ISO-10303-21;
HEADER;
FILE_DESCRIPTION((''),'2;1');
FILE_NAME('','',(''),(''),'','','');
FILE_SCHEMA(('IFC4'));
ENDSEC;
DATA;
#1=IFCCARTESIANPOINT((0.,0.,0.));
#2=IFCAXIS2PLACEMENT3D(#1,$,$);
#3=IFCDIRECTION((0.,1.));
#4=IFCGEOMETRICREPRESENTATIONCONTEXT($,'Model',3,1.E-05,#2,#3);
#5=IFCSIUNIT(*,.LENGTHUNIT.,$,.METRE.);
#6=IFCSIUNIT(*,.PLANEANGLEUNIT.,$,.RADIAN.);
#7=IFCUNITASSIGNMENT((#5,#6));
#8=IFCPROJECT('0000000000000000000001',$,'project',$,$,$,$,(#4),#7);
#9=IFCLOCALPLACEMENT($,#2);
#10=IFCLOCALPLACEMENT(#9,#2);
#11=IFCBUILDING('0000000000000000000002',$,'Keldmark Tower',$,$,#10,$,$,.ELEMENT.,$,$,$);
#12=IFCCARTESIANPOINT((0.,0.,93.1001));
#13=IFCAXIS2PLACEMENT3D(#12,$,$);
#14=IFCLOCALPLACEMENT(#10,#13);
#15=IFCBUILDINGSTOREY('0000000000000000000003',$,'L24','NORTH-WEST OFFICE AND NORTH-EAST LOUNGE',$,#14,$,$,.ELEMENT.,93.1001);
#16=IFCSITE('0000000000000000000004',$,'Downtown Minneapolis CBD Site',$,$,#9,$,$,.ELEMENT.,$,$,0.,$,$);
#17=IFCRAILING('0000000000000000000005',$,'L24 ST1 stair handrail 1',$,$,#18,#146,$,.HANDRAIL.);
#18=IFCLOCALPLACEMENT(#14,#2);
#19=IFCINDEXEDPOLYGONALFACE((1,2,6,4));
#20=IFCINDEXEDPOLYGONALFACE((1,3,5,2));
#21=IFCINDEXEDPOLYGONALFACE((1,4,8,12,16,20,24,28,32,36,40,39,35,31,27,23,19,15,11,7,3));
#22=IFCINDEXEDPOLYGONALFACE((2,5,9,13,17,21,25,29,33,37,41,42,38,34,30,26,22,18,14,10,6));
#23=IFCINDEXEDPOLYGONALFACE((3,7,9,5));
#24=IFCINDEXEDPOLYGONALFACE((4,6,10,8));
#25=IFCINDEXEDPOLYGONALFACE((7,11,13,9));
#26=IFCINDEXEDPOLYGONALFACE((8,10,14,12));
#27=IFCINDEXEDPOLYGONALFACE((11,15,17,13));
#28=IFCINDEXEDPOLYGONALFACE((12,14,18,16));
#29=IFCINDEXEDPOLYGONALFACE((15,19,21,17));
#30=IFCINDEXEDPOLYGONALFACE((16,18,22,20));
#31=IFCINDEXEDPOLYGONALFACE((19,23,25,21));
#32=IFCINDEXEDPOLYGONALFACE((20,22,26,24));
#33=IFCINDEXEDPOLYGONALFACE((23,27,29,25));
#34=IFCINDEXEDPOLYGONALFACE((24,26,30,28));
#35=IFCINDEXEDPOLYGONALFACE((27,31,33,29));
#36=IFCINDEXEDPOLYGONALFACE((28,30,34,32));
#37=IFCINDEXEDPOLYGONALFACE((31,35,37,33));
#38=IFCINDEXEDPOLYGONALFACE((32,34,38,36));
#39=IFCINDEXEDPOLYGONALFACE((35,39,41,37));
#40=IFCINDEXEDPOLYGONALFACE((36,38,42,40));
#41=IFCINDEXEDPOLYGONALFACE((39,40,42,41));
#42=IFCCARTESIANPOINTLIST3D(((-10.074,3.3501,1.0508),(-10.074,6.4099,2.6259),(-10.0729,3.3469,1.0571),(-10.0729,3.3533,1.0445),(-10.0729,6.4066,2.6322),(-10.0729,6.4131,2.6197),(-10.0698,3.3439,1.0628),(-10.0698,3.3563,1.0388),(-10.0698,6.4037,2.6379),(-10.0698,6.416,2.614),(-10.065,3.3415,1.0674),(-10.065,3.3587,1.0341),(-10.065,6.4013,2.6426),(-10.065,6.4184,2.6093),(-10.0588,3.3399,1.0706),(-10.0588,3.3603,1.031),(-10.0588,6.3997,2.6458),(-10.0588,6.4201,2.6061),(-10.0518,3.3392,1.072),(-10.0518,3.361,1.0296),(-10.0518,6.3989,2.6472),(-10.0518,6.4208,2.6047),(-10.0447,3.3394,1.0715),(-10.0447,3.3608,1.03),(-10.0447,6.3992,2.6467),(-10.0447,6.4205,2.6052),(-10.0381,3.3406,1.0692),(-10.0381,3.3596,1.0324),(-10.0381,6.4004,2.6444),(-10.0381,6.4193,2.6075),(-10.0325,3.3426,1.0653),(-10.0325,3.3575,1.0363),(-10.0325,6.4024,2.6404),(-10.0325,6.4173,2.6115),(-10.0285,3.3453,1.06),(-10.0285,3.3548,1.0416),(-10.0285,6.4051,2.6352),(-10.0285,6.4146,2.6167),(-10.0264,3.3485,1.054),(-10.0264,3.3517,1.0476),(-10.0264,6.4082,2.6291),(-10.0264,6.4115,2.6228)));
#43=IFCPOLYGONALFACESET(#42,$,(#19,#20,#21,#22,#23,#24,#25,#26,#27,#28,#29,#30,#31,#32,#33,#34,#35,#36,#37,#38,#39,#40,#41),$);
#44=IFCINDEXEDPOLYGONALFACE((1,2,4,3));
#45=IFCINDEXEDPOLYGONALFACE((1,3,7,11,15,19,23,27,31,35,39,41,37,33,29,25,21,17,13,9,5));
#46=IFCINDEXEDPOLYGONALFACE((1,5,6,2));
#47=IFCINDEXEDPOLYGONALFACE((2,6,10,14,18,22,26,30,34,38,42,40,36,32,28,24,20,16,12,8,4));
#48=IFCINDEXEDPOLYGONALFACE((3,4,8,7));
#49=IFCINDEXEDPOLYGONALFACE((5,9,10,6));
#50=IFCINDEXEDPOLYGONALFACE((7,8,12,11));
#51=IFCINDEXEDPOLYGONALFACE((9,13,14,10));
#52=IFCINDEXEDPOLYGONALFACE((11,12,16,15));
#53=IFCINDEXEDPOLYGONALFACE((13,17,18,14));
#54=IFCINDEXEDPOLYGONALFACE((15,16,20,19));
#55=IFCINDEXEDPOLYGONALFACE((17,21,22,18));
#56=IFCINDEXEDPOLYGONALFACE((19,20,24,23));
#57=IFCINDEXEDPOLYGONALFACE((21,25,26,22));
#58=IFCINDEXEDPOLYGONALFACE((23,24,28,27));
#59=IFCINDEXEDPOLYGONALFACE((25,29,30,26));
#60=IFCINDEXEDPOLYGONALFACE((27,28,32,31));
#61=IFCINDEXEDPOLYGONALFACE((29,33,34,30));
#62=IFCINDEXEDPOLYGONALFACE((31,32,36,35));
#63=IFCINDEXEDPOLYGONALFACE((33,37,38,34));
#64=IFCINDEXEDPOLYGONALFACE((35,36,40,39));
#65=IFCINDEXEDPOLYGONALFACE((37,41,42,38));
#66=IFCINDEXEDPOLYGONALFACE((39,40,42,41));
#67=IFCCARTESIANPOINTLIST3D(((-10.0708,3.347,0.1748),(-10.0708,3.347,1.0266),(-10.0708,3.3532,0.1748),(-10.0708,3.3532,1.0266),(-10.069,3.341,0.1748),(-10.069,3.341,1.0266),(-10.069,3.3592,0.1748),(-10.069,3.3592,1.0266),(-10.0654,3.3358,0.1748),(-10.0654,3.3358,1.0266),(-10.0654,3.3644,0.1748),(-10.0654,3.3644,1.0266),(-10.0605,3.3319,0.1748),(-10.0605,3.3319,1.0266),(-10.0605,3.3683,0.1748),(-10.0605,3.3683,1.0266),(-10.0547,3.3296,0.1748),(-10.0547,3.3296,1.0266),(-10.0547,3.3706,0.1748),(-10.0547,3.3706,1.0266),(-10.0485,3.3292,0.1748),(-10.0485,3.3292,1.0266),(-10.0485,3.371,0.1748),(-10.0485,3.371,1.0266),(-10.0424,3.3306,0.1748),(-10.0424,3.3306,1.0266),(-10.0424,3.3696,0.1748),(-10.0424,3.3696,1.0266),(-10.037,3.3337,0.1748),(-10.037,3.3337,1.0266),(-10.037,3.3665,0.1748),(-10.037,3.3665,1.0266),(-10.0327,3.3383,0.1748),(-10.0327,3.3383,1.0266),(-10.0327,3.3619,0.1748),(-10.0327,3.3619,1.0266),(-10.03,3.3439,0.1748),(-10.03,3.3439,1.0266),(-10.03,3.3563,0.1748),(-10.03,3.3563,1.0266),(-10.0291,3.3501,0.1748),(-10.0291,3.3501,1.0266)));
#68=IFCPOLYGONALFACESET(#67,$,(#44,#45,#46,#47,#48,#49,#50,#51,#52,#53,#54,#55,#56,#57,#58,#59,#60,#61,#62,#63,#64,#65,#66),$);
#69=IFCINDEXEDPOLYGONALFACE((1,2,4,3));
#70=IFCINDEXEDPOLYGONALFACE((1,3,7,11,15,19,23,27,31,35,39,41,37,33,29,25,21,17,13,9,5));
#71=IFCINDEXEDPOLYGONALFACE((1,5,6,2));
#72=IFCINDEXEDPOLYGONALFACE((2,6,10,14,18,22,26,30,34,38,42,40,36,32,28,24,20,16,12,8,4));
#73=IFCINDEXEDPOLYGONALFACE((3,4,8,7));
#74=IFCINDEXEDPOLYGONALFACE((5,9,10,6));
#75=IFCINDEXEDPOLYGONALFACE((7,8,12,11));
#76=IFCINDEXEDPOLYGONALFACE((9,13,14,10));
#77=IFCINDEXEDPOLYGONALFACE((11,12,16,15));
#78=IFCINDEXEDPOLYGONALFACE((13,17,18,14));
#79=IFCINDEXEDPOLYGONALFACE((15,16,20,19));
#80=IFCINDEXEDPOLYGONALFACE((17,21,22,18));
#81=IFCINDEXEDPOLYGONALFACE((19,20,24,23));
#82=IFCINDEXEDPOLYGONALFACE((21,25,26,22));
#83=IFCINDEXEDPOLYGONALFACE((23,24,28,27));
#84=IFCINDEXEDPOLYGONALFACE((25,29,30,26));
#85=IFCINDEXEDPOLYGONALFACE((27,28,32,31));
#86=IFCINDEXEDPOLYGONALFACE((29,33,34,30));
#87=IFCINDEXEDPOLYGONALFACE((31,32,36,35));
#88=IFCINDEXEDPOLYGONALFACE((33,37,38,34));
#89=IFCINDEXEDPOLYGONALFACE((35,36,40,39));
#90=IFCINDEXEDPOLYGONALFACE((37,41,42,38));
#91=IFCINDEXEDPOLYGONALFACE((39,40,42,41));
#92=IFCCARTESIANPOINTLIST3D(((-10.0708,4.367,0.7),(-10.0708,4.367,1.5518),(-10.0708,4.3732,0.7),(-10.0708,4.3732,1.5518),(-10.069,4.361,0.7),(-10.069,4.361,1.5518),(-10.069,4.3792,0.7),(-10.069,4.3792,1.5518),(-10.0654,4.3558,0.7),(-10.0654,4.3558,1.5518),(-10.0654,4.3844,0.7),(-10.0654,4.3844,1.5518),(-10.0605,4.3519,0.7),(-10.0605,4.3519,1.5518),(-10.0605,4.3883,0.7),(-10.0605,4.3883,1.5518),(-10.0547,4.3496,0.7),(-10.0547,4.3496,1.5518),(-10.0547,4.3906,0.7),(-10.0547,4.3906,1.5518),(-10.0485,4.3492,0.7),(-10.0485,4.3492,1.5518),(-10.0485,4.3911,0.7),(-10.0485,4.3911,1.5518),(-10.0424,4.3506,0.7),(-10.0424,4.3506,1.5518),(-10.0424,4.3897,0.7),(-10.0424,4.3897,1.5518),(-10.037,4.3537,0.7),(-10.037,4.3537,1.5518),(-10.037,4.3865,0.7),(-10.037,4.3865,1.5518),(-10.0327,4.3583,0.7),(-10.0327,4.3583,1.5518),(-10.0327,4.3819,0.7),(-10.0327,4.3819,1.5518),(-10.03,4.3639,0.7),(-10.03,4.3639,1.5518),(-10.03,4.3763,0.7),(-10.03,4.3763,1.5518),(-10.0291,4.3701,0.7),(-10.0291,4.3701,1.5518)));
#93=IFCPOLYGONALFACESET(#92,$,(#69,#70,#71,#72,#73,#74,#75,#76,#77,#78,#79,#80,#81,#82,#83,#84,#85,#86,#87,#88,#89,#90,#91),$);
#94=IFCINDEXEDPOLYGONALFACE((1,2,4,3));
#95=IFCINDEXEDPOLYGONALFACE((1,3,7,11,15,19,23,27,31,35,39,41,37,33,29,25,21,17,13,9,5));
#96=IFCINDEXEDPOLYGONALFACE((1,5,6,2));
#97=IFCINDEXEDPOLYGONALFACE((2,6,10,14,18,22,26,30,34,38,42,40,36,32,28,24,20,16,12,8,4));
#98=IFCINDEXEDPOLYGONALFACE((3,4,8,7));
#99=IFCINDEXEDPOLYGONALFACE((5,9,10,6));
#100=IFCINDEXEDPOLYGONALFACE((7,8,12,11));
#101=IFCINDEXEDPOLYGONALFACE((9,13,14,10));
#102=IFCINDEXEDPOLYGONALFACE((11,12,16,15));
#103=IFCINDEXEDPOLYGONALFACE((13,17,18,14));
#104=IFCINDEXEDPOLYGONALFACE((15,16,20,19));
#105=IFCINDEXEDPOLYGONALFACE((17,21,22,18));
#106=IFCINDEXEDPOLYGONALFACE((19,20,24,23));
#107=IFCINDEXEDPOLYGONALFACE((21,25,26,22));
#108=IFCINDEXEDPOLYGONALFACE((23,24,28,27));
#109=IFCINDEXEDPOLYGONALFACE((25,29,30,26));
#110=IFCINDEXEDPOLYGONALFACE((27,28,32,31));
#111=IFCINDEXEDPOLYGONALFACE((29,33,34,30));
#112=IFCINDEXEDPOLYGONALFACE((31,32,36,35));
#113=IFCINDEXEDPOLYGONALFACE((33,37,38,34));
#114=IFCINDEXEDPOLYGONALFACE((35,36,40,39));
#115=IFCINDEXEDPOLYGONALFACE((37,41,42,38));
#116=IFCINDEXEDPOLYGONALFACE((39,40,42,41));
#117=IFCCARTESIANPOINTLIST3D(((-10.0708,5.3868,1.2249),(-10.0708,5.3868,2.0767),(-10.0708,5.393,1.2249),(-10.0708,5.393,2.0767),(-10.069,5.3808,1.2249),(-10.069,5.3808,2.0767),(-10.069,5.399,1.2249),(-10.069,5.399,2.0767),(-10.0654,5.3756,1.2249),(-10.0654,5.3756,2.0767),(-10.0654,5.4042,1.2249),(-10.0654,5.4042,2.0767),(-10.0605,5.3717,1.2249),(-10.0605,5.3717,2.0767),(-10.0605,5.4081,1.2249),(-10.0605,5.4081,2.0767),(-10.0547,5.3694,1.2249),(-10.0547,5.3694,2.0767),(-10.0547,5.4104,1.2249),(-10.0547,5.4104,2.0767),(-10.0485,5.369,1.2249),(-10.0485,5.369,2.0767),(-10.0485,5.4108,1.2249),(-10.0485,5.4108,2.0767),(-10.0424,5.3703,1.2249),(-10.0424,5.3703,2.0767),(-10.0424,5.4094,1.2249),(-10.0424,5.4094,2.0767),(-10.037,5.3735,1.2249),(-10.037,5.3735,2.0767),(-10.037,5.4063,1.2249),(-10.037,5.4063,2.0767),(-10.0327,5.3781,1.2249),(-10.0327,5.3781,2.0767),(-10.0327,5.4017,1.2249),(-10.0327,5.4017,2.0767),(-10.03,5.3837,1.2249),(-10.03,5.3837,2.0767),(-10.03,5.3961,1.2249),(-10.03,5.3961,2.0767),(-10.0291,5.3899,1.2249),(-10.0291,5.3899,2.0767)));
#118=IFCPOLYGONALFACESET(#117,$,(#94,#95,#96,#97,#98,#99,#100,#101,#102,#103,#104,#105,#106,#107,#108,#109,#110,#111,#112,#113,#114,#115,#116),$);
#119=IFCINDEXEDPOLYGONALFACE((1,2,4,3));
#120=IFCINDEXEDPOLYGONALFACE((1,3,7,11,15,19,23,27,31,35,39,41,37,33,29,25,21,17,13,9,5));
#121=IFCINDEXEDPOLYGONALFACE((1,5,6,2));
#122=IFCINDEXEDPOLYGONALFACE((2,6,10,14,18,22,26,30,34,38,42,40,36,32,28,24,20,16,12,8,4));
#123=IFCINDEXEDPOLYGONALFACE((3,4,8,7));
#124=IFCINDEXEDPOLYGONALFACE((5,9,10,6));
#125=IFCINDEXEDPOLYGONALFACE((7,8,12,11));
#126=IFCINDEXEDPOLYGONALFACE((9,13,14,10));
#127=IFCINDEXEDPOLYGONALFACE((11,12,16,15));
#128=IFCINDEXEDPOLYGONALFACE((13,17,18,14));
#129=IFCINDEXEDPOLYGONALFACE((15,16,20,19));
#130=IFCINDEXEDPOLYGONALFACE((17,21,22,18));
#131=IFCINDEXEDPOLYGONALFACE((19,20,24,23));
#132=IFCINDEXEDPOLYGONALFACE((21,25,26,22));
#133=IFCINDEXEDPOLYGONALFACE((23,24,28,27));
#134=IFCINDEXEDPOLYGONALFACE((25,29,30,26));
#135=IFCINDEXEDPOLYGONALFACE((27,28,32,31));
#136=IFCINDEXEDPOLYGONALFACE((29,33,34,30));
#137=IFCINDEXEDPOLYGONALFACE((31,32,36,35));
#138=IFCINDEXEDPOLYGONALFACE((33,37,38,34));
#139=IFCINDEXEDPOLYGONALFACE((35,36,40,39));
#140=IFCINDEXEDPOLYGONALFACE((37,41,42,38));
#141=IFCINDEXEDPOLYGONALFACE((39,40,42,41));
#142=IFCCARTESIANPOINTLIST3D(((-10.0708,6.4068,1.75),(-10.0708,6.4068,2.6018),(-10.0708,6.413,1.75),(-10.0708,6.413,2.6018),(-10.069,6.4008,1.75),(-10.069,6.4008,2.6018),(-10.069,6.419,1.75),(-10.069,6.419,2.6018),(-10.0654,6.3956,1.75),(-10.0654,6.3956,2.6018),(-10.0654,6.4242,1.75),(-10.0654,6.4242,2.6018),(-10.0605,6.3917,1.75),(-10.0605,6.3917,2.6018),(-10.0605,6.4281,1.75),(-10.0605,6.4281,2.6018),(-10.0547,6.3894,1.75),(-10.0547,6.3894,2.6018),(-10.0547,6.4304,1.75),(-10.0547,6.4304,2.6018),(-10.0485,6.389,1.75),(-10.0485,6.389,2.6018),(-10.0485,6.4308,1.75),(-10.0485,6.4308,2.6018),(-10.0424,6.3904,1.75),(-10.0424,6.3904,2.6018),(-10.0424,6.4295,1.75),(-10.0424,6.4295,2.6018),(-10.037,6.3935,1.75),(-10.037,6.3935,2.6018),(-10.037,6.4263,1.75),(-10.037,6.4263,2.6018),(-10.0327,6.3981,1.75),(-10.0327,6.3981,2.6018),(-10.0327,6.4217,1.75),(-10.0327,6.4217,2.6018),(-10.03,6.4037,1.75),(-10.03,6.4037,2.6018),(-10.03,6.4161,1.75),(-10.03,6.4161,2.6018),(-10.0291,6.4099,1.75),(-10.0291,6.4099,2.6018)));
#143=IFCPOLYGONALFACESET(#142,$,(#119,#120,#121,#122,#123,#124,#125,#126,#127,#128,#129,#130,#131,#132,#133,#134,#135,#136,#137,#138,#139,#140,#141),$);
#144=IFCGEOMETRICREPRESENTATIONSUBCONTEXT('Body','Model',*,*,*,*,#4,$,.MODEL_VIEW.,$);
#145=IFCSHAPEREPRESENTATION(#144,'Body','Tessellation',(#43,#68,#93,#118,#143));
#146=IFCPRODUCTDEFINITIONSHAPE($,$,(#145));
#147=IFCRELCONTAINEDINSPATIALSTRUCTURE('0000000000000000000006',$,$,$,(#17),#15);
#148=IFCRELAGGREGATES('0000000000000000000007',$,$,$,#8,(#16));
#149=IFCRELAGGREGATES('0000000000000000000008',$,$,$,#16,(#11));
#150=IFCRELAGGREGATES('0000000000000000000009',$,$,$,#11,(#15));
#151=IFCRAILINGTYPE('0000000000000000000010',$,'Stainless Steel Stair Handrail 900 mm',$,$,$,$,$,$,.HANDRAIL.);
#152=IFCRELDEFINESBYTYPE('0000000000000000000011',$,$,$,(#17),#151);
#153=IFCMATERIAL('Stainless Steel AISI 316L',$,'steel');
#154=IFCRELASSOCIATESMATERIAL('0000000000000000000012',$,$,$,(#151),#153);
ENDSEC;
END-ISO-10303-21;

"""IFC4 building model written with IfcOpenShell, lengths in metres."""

from ifc_helpers import new_model, si_unit, direction, frame, origin, origin_2d, place, context, subcontext, project, spatial, circle, extrude, material, type_object, element, save


model = new_model("IFC4")

# Units and contexts
model_context = context("Model", 3, precision=1e-05, world=origin(), true_north=direction((0.0, 1.0)))
body_context = subcontext(model_context, "Body", "Model", "MODEL_VIEW")
ifc_project = project(units=[si_unit("LENGTHUNIT", "METRE"), si_unit("PLANEANGLEUNIT", "RADIAN")], contexts=[model_context])

# Site, building, storey
site_placement = place(None, origin())
site = spatial("IfcSite", under=ifc_project, at=site_placement, Name="Downtown Minneapolis CBD Site", CompositionType="ELEMENT", RefElevation=0.0)
building_placement = place(site_placement, origin())
building = spatial("IfcBuilding", under=site, at=building_placement, Name="Keldmark Tower", CompositionType="ELEMENT")
storey_placement = place(building_placement, frame((0.0, 0.0, 93.1001)))
storey = spatial("IfcBuildingStorey", under=building, at=storey_placement, Name="L24", Description="NORTH-WEST OFFICE AND NORTH-EAST LOUNGE", CompositionType="ELEMENT", Elevation=93.1001)

# Railing
ifc_material_1 = material(Name="Stainless Steel AISI 316L", Category="steel")
railing_type_1 = type_object("IfcRailingType", Name="Stainless Steel Stair Handrail 900 mm", PredefinedType="HANDRAIL", material=ifc_material_1)
railing_1_placement = place(storey_placement, frame((-10.05, 3.3501, 0.1748)))
element("IfcRailing", 1, at=railing_1_placement, inside=storey, type_object=railing_type_1, Name="L24 ST1 stair handrail 1", PredefinedType="HANDRAIL", context=body_context, shape_type="SweptSolid", body=[
    extrude(circle(Radius=0.0239, at=origin_2d()), frame((0.0, 0.0, 0.876), z_axis=(0.0, 0.889101, 0.45771), x_axis=(-1.0, 0.0, 0.0)), (0.0, 0.0, 1.0), 3.4414),
    extrude(circle(Radius=0.021, at=origin_2d()), origin(), (0.0, 0.0, 1.0), 0.8518),
    extrude(circle(Radius=0.021, at=origin_2d()), frame((0.0, 1.02, 0.5251)), (0.0, 0.0, 1.0), 0.8518),
    extrude(circle(Radius=0.021, at=origin_2d()), frame((0.0, 2.0398, 1.05)), (0.0, 0.0, 1.0), 0.8518),
    extrude(circle(Radius=0.021, at=origin_2d()), frame((0.0, 3.0598, 1.5752)), (0.0, 0.0, 1.0), 0.8518),
])

save(model, "model.ifc")
